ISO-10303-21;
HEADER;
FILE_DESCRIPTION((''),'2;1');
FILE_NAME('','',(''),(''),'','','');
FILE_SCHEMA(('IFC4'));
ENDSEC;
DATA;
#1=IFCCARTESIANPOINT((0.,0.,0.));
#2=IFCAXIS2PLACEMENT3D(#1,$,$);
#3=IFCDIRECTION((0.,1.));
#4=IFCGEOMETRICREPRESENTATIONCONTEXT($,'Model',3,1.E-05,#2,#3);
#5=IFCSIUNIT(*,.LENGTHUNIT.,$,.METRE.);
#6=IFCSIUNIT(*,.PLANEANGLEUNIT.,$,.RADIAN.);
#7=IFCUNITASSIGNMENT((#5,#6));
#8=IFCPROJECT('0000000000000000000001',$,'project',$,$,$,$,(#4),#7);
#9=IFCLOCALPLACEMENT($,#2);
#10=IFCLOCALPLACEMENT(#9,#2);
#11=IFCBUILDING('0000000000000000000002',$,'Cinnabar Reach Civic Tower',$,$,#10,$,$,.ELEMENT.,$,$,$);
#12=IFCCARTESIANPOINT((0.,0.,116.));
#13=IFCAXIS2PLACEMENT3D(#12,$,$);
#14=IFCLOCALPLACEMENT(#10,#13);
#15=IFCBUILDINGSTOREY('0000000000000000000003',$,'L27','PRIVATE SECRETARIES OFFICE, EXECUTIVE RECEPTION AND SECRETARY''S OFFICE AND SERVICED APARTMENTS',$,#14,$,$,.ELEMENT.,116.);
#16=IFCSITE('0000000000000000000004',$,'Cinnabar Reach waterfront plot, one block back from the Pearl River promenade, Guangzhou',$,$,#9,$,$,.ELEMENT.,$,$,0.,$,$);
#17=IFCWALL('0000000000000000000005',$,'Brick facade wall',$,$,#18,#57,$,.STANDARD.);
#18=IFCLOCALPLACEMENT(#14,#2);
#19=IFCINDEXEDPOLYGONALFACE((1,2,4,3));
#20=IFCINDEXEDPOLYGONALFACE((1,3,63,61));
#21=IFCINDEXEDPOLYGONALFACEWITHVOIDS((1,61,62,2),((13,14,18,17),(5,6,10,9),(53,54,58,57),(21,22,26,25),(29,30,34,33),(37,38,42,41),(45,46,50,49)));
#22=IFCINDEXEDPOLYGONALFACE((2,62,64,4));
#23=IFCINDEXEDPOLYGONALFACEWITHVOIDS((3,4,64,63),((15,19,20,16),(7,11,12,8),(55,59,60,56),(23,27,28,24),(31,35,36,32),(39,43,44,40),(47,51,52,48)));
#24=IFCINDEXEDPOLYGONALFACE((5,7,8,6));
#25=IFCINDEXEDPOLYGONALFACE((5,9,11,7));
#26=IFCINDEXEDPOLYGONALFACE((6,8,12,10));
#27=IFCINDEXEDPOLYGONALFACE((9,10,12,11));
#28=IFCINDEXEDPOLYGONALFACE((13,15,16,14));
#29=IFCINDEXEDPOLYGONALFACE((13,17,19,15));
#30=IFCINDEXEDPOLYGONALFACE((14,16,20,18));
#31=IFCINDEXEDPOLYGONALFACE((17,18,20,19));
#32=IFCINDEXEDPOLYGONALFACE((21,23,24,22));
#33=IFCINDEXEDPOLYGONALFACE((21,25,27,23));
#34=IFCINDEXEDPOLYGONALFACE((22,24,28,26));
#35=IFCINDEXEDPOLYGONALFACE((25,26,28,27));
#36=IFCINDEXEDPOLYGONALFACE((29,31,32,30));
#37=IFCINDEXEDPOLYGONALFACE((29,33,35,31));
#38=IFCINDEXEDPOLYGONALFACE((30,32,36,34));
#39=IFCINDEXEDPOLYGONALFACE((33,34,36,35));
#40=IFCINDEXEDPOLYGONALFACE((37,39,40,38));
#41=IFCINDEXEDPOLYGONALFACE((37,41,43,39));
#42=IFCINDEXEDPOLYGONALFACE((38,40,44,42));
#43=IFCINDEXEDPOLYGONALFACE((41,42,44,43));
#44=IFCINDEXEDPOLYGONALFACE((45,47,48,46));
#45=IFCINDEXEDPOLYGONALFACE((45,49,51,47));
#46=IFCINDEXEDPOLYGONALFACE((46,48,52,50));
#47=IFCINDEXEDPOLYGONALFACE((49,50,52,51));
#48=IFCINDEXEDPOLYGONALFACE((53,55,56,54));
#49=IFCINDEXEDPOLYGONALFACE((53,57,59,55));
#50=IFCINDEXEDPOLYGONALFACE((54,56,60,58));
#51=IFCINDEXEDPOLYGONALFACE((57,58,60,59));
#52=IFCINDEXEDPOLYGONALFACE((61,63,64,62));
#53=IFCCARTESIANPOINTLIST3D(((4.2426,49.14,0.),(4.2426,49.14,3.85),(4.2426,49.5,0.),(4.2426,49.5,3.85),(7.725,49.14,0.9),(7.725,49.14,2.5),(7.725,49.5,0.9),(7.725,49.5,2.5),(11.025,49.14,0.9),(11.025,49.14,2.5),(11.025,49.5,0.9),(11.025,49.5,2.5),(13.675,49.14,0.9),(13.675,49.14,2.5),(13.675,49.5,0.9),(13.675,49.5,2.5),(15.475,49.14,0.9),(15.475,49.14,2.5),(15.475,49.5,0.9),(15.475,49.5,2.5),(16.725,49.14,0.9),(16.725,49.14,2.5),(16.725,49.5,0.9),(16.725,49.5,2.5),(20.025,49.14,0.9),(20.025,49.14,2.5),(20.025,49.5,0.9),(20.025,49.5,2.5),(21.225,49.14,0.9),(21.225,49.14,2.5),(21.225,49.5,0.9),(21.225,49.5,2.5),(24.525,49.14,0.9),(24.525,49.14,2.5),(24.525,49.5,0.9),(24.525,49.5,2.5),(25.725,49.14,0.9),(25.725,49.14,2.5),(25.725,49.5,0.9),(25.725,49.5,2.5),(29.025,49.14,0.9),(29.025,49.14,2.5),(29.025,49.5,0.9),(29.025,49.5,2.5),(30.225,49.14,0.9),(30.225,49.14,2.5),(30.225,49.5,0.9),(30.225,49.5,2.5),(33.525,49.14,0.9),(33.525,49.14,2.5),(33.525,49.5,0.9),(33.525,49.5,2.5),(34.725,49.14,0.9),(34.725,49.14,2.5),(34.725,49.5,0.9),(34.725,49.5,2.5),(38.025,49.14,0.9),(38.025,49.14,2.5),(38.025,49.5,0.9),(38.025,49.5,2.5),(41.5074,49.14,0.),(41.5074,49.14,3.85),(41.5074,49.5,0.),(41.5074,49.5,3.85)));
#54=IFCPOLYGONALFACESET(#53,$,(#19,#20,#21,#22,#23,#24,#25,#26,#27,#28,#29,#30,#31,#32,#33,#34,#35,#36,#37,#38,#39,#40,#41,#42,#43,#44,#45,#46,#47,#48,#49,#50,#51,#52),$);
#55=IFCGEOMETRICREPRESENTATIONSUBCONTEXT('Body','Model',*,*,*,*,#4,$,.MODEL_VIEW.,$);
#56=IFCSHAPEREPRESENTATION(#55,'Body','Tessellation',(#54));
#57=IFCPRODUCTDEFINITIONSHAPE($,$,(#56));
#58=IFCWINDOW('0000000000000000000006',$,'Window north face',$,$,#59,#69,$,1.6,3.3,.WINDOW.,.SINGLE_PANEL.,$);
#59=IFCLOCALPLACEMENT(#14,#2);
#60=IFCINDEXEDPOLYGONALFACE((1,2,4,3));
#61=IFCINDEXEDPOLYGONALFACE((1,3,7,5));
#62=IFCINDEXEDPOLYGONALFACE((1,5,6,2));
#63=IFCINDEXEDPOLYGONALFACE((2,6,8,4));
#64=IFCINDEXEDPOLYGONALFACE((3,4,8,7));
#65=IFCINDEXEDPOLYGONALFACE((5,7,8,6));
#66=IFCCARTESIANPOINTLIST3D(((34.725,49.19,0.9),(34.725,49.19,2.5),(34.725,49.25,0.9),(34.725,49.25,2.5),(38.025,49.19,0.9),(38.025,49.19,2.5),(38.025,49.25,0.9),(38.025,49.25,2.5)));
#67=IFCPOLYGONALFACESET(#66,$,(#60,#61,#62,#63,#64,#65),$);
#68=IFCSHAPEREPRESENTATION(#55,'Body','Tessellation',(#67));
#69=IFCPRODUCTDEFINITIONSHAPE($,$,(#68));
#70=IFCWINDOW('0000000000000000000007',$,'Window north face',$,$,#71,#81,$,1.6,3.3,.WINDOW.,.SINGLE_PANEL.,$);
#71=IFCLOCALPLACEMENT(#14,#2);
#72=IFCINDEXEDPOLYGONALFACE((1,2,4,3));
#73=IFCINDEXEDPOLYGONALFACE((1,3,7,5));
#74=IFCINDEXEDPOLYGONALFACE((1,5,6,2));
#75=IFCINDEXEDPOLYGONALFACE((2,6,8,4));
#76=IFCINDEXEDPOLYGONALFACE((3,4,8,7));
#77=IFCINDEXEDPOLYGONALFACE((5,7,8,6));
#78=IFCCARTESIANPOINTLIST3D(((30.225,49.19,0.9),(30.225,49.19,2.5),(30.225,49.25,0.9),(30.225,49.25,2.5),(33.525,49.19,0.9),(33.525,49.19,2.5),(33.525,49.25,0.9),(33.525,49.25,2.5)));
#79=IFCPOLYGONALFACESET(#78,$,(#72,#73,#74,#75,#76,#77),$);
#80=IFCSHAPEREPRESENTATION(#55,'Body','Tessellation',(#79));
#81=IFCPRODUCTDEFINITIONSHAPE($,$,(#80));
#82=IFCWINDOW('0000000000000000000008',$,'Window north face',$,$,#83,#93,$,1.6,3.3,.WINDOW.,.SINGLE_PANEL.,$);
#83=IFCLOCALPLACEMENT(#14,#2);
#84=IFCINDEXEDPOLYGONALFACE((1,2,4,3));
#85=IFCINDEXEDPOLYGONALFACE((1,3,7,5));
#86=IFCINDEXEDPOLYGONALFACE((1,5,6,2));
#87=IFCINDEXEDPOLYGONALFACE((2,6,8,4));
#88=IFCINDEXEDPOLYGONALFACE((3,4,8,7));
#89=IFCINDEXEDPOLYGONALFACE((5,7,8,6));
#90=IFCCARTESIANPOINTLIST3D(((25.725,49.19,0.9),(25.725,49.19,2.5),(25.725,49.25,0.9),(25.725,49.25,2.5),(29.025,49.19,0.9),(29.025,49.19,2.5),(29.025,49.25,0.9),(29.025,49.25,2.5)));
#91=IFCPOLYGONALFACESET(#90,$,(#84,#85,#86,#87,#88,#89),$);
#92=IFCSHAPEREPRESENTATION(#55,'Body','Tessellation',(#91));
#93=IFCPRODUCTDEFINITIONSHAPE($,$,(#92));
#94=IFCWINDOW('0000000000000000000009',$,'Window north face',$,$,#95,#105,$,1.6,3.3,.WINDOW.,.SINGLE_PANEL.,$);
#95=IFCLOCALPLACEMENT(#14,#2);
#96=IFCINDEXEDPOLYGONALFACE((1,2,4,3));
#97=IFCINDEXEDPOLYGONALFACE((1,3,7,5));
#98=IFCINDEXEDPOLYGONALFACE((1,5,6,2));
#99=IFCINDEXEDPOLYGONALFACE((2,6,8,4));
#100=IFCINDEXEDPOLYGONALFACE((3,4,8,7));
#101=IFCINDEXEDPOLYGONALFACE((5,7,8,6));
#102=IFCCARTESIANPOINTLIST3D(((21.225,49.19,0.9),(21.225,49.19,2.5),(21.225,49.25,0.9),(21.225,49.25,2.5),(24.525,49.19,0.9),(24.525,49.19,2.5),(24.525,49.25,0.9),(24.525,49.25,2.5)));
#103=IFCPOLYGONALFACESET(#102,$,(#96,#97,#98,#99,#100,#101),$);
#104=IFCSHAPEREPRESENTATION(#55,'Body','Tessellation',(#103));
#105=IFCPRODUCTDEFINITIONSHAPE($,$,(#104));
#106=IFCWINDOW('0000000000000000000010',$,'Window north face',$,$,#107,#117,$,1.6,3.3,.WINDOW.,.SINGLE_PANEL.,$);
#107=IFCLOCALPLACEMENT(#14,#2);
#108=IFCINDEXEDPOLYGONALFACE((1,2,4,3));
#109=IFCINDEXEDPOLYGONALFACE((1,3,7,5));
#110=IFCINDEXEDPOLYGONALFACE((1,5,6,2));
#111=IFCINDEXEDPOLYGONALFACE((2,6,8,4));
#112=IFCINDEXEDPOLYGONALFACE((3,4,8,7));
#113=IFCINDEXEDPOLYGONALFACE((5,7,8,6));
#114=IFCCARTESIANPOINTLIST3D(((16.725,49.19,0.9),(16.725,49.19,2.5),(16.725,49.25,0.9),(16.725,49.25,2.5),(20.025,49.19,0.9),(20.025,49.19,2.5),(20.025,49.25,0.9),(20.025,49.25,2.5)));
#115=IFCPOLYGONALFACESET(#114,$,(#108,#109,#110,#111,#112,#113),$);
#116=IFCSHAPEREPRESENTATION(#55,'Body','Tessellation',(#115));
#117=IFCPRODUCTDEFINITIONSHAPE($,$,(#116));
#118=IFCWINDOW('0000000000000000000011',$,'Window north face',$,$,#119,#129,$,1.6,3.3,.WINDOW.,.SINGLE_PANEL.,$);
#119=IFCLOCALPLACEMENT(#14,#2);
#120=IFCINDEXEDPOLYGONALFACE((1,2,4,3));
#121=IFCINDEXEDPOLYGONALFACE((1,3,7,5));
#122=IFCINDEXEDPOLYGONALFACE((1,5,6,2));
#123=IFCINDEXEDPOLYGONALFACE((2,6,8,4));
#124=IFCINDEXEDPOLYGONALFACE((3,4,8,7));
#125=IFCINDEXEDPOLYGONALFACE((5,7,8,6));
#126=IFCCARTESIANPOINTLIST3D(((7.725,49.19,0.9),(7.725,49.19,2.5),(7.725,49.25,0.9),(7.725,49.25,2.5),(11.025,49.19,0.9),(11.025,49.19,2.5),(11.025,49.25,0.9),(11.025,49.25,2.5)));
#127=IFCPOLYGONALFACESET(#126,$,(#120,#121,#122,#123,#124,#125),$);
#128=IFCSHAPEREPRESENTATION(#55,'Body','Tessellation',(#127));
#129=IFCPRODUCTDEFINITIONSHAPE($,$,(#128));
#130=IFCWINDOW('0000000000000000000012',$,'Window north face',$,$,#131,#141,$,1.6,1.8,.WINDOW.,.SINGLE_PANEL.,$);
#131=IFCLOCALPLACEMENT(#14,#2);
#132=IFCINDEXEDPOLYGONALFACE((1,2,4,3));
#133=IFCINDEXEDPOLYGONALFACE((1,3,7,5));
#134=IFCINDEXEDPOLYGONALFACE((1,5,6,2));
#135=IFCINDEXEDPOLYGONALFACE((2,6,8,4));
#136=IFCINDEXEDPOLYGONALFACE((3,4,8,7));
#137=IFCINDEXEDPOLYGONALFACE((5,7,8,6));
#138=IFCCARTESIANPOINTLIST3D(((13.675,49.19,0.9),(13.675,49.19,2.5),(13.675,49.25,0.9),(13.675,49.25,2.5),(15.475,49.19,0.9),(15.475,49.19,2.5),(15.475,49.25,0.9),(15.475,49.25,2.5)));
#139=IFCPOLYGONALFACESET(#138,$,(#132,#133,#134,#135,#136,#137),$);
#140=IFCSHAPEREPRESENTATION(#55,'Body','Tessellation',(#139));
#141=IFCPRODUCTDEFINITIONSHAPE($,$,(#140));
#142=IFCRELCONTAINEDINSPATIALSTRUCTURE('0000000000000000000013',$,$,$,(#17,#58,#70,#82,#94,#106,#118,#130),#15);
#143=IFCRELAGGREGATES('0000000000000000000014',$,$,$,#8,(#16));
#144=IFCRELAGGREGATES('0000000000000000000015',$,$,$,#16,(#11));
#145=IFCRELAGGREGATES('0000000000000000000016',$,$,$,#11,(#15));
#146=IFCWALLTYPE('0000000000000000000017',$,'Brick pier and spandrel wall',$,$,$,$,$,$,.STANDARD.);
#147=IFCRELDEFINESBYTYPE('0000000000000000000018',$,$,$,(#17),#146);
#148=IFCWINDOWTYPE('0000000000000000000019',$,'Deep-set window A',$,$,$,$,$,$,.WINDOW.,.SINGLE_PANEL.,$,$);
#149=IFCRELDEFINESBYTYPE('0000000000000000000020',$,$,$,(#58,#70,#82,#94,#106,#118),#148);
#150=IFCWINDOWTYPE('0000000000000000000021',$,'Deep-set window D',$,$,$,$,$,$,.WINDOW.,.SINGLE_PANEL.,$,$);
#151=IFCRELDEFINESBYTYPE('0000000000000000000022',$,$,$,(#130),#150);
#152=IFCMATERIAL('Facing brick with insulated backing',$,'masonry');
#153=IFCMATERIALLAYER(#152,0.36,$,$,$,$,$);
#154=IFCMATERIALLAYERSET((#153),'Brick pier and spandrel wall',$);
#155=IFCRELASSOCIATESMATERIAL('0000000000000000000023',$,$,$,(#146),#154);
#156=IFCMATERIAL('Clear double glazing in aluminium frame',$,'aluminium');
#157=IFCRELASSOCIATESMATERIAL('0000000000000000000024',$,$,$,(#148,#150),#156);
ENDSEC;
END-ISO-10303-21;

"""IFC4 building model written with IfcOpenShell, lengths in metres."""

from ifc_helpers import new_model, si_unit, direction, frame, frame_2d, origin, place, context, subcontext, project, spatial, rectangle, extrude, material, layer, layer_set, type_object, element, fill, save


model = new_model("IFC4")

# Units and contexts
model_context = context("Model", 3, precision=1e-05, world=origin(), true_north=direction((0.0, 1.0)))
body_context = subcontext(model_context, "Body", "Model", "MODEL_VIEW")
ifc_project = project(units=[si_unit("LENGTHUNIT", "METRE"), si_unit("PLANEANGLEUNIT", "RADIAN")], contexts=[model_context])

# Site, building, storey
site_placement = place(None, origin())
site = spatial("IfcSite", under=ifc_project, at=site_placement, Name="Cinnabar Reach waterfront plot, one block back from the Pearl River promenade, Guangzhou", CompositionType="ELEMENT", RefElevation=0.0)
building_placement = place(site_placement, origin())
building = spatial("IfcBuilding", under=site, at=building_placement, Name="Cinnabar Reach Civic Tower", CompositionType="ELEMENT")
storey_placement = place(building_placement, frame((0.0, 0.0, 116.0)))
storey = spatial("IfcBuildingStorey", under=building, at=storey_placement, Name="L27", Description="PRIVATE SECRETARIES OFFICE, EXECUTIVE RECEPTION AND SECRETARY'S OFFICE AND SERVICED APARTMENTS", CompositionType="ELEMENT", Elevation=116.0)

# Shared definitions
ifc_material_1 = material(Name="Facing brick with insulated backing", Category="masonry")

# Shared definitions
ifc_layer_1 = layer(ifc_material_1, 0.36)
ifc_layer_set_1 = layer_set([ifc_layer_1], Name="Brick pier and spandrel wall")
wall_type_1 = type_object("IfcWallType", Name="Brick pier and spandrel wall", PredefinedType="STANDARD", material=ifc_layer_set_1)
ifc_material_2 = material(Name="Clear double glazing in aluminium frame", Category="aluminium")
window_type_1 = type_object("IfcWindowType", Name="Deep-set window A", PartitioningType="SINGLE_PANEL", PredefinedType="WINDOW", material=ifc_material_2)

# Wall, openings, windows
wall_1_placement = place(storey_placement, frame((41.5074, 49.32, 0.0), z_axis=(0.0, 0.0, 1.0), x_axis=(-1.0, 0.0, 0.0)))
wall_1 = element("IfcWall", 1, at=wall_1_placement, inside=storey, type_object=wall_type_1, Name="Brick facade wall", PredefinedType="STANDARD", context=body_context, shape_type="SweptSolid", body=[
    extrude(rectangle(XDim=37.2648, YDim=0.36, at=frame_2d((18.6324, 0.0))), origin(), (0.0, 0.0, 1.0), 3.85),
])
opening_1_placement = place(wall_1_placement, frame((3.4824, 0.0, 0.9)))
opening_1 = element("IfcOpeningElement", 2, at=opening_1_placement, cuts=wall_1, PredefinedType="OPENING", context=body_context, shape_type="SweptSolid", body=[
    extrude(rectangle(XDim=3.3, YDim=1.6, at=frame_2d((1.65, 0.8))), frame((0.0, 0.19, 0.0), z_axis=(0.0, -1.0, 0.0), x_axis=(1.0, 0.0, 0.0)), (0.0, 0.0, 1.0), 0.38),
])
opening_2_placement = place(wall_1_placement, frame((7.9824, 0.0, 0.9)))
opening_2 = element("IfcOpeningElement", 3, at=opening_2_placement, cuts=wall_1, PredefinedType="OPENING", context=body_context, shape_type="SweptSolid", body=[
    extrude(rectangle(XDim=3.3, YDim=1.6, at=frame_2d((1.65, 0.8))), frame((0.0, 0.19, 0.0), z_axis=(0.0, -1.0, 0.0), x_axis=(1.0, 0.0, 0.0)), (0.0, 0.0, 1.0), 0.38),
])
opening_3_placement = place(wall_1_placement, frame((12.4824, 0.0, 0.9)))
opening_3 = element("IfcOpeningElement", 4, at=opening_3_placement, cuts=wall_1, PredefinedType="OPENING", context=body_context, shape_type="SweptSolid", body=[
    extrude(rectangle(XDim=3.3, YDim=1.6, at=frame_2d((1.65, 0.8))), frame((0.0, 0.19, 0.0), z_axis=(0.0, -1.0, 0.0), x_axis=(1.0, 0.0, 0.0)), (0.0, 0.0, 1.0), 0.38),
])
opening_4_placement = place(wall_1_placement, frame((16.9824, 0.0, 0.9)))
opening_4 = element("IfcOpeningElement", 5, at=opening_4_placement, cuts=wall_1, PredefinedType="OPENING", context=body_context, shape_type="SweptSolid", body=[
    extrude(rectangle(XDim=3.3, YDim=1.6, at=frame_2d((1.65, 0.8))), frame((0.0, 0.19, 0.0), z_axis=(0.0, -1.0, 0.0), x_axis=(1.0, 0.0, 0.0)), (0.0, 0.0, 1.0), 0.38),
])
opening_5_placement = place(wall_1_placement, frame((21.4824, 0.0, 0.9)))
opening_5 = element("IfcOpeningElement", 6, at=opening_5_placement, cuts=wall_1, PredefinedType="OPENING", context=body_context, shape_type="SweptSolid", body=[
    extrude(rectangle(XDim=3.3, YDim=1.6, at=frame_2d((1.65, 0.8))), frame((0.0, 0.19, 0.0), z_axis=(0.0, -1.0, 0.0), x_axis=(1.0, 0.0, 0.0)), (0.0, 0.0, 1.0), 0.38),
])
opening_6_placement = place(wall_1_placement, frame((26.0324, 0.0, 0.9)))
opening_6 = element("IfcOpeningElement", 7, at=opening_6_placement, cuts=wall_1, PredefinedType="OPENING", context=body_context, shape_type="SweptSolid", body=[
    extrude(rectangle(XDim=1.8, YDim=1.6, at=frame_2d((0.9, 0.8))), frame((0.0, 0.19, 0.0), z_axis=(0.0, -1.0, 0.0), x_axis=(1.0, 0.0, 0.0)), (0.0, 0.0, 1.0), 0.38),
])
opening_7_placement = place(wall_1_placement, frame((30.4824, 0.0, 0.9)))
opening_7 = element("IfcOpeningElement", 8, at=opening_7_placement, cuts=wall_1, PredefinedType="OPENING", context=body_context, shape_type="SweptSolid", body=[
    extrude(rectangle(XDim=3.3, YDim=1.6, at=frame_2d((1.65, 0.8))), frame((0.0, 0.19, 0.0), z_axis=(0.0, -1.0, 0.0), x_axis=(1.0, 0.0, 0.0)), (0.0, 0.0, 1.0), 0.38),
])
window_1_placement = place(opening_1_placement, origin())
window_1 = element("IfcWindow", 9, at=window_1_placement, inside=storey, type_object=window_type_1, Name="Window north face", OverallHeight=1.6, OverallWidth=3.3, PartitioningType="SINGLE_PANEL", PredefinedType="WINDOW", context=body_context, shape_type="SweptSolid", body=[
    extrude(rectangle(XDim=3.3, YDim=1.6, at=frame_2d((1.65, 0.8))), frame((0.0, 0.13, 0.0), z_axis=(0.0, -1.0, 0.0), x_axis=(1.0, 0.0, 0.0)), (0.0, 0.0, 1.0), 0.06),
])
fill(opening_1, window_1)
window_2_placement = place(opening_2_placement, origin())
window_2 = element("IfcWindow", 10, at=window_2_placement, inside=storey, type_object=window_type_1, Name="Window north face", OverallHeight=1.6, OverallWidth=3.3, PartitioningType="SINGLE_PANEL", PredefinedType="WINDOW", context=body_context, shape_type="SweptSolid", body=[
    extrude(rectangle(XDim=3.3, YDim=1.6, at=frame_2d((1.65, 0.8))), frame((0.0, 0.13, 0.0), z_axis=(0.0, -1.0, 0.0), x_axis=(1.0, 0.0, 0.0)), (0.0, 0.0, 1.0), 0.06),
])
fill(opening_2, window_2)
window_3_placement = place(opening_3_placement, origin())
window_3 = element("IfcWindow", 11, at=window_3_placement, inside=storey, type_object=window_type_1, Name="Window north face", OverallHeight=1.6, OverallWidth=3.3, PartitioningType="SINGLE_PANEL", PredefinedType="WINDOW", context=body_context, shape_type="SweptSolid", body=[
    extrude(rectangle(XDim=3.3, YDim=1.6, at=frame_2d((1.65, 0.8))), frame((0.0, 0.13, 0.0), z_axis=(0.0, -1.0, 0.0), x_axis=(1.0, 0.0, 0.0)), (0.0, 0.0, 1.0), 0.06),
])
fill(opening_3, window_3)
window_4_placement = place(opening_4_placement, origin())
window_4 = element("IfcWindow", 12, at=window_4_placement, inside=storey, type_object=window_type_1, Name="Window north face", OverallHeight=1.6, OverallWidth=3.3, PartitioningType="SINGLE_PANEL", PredefinedType="WINDOW", context=body_context, shape_type="SweptSolid", body=[
    extrude(rectangle(XDim=3.3, YDim=1.6, at=frame_2d((1.65, 0.8))), frame((0.0, 0.13, 0.0), z_axis=(0.0, -1.0, 0.0), x_axis=(1.0, 0.0, 0.0)), (0.0, 0.0, 1.0), 0.06),
])
fill(opening_4, window_4)
window_5_placement = place(opening_5_placement, origin())
window_5 = element("IfcWindow", 13, at=window_5_placement, inside=storey, type_object=window_type_1, Name="Window north face", OverallHeight=1.6, OverallWidth=3.3, PartitioningType="SINGLE_PANEL", PredefinedType="WINDOW", context=body_context, shape_type="SweptSolid", body=[
    extrude(rectangle(XDim=3.3, YDim=1.6, at=frame_2d((1.65, 0.8))), frame((0.0, 0.13, 0.0), z_axis=(0.0, -1.0, 0.0), x_axis=(1.0, 0.0, 0.0)), (0.0, 0.0, 1.0), 0.06),
])
fill(opening_5, window_5)
window_6_placement = place(opening_7_placement, origin())
window_6 = element("IfcWindow", 14, at=window_6_placement, inside=storey, type_object=window_type_1, Name="Window north face", OverallHeight=1.6, OverallWidth=3.3, PartitioningType="SINGLE_PANEL", PredefinedType="WINDOW", context=body_context, shape_type="SweptSolid", body=[
    extrude(rectangle(XDim=3.3, YDim=1.6, at=frame_2d((1.65, 0.8))), frame((0.0, 0.13, 0.0), z_axis=(0.0, -1.0, 0.0), x_axis=(1.0, 0.0, 0.0)), (0.0, 0.0, 1.0), 0.06),
])
fill(opening_7, window_6)
window_type_2 = type_object("IfcWindowType", Name="Deep-set window D", PartitioningType="SINGLE_PANEL", PredefinedType="WINDOW", material=ifc_material_2)
window_7_placement = place(opening_6_placement, origin())
window_7 = element("IfcWindow", 15, at=window_7_placement, inside=storey, type_object=window_type_2, Name="Window north face", OverallHeight=1.6, OverallWidth=1.8, PartitioningType="SINGLE_PANEL", PredefinedType="WINDOW", context=body_context, shape_type="SweptSolid", body=[
    extrude(rectangle(XDim=1.8, YDim=1.6, at=frame_2d((0.9, 0.8))), frame((0.0, 0.13, 0.0), z_axis=(0.0, -1.0, 0.0), x_axis=(1.0, 0.0, 0.0)), (0.0, 0.0, 1.0), 0.06),
])
fill(opening_6, window_7)

save(model, "model.ifc")
